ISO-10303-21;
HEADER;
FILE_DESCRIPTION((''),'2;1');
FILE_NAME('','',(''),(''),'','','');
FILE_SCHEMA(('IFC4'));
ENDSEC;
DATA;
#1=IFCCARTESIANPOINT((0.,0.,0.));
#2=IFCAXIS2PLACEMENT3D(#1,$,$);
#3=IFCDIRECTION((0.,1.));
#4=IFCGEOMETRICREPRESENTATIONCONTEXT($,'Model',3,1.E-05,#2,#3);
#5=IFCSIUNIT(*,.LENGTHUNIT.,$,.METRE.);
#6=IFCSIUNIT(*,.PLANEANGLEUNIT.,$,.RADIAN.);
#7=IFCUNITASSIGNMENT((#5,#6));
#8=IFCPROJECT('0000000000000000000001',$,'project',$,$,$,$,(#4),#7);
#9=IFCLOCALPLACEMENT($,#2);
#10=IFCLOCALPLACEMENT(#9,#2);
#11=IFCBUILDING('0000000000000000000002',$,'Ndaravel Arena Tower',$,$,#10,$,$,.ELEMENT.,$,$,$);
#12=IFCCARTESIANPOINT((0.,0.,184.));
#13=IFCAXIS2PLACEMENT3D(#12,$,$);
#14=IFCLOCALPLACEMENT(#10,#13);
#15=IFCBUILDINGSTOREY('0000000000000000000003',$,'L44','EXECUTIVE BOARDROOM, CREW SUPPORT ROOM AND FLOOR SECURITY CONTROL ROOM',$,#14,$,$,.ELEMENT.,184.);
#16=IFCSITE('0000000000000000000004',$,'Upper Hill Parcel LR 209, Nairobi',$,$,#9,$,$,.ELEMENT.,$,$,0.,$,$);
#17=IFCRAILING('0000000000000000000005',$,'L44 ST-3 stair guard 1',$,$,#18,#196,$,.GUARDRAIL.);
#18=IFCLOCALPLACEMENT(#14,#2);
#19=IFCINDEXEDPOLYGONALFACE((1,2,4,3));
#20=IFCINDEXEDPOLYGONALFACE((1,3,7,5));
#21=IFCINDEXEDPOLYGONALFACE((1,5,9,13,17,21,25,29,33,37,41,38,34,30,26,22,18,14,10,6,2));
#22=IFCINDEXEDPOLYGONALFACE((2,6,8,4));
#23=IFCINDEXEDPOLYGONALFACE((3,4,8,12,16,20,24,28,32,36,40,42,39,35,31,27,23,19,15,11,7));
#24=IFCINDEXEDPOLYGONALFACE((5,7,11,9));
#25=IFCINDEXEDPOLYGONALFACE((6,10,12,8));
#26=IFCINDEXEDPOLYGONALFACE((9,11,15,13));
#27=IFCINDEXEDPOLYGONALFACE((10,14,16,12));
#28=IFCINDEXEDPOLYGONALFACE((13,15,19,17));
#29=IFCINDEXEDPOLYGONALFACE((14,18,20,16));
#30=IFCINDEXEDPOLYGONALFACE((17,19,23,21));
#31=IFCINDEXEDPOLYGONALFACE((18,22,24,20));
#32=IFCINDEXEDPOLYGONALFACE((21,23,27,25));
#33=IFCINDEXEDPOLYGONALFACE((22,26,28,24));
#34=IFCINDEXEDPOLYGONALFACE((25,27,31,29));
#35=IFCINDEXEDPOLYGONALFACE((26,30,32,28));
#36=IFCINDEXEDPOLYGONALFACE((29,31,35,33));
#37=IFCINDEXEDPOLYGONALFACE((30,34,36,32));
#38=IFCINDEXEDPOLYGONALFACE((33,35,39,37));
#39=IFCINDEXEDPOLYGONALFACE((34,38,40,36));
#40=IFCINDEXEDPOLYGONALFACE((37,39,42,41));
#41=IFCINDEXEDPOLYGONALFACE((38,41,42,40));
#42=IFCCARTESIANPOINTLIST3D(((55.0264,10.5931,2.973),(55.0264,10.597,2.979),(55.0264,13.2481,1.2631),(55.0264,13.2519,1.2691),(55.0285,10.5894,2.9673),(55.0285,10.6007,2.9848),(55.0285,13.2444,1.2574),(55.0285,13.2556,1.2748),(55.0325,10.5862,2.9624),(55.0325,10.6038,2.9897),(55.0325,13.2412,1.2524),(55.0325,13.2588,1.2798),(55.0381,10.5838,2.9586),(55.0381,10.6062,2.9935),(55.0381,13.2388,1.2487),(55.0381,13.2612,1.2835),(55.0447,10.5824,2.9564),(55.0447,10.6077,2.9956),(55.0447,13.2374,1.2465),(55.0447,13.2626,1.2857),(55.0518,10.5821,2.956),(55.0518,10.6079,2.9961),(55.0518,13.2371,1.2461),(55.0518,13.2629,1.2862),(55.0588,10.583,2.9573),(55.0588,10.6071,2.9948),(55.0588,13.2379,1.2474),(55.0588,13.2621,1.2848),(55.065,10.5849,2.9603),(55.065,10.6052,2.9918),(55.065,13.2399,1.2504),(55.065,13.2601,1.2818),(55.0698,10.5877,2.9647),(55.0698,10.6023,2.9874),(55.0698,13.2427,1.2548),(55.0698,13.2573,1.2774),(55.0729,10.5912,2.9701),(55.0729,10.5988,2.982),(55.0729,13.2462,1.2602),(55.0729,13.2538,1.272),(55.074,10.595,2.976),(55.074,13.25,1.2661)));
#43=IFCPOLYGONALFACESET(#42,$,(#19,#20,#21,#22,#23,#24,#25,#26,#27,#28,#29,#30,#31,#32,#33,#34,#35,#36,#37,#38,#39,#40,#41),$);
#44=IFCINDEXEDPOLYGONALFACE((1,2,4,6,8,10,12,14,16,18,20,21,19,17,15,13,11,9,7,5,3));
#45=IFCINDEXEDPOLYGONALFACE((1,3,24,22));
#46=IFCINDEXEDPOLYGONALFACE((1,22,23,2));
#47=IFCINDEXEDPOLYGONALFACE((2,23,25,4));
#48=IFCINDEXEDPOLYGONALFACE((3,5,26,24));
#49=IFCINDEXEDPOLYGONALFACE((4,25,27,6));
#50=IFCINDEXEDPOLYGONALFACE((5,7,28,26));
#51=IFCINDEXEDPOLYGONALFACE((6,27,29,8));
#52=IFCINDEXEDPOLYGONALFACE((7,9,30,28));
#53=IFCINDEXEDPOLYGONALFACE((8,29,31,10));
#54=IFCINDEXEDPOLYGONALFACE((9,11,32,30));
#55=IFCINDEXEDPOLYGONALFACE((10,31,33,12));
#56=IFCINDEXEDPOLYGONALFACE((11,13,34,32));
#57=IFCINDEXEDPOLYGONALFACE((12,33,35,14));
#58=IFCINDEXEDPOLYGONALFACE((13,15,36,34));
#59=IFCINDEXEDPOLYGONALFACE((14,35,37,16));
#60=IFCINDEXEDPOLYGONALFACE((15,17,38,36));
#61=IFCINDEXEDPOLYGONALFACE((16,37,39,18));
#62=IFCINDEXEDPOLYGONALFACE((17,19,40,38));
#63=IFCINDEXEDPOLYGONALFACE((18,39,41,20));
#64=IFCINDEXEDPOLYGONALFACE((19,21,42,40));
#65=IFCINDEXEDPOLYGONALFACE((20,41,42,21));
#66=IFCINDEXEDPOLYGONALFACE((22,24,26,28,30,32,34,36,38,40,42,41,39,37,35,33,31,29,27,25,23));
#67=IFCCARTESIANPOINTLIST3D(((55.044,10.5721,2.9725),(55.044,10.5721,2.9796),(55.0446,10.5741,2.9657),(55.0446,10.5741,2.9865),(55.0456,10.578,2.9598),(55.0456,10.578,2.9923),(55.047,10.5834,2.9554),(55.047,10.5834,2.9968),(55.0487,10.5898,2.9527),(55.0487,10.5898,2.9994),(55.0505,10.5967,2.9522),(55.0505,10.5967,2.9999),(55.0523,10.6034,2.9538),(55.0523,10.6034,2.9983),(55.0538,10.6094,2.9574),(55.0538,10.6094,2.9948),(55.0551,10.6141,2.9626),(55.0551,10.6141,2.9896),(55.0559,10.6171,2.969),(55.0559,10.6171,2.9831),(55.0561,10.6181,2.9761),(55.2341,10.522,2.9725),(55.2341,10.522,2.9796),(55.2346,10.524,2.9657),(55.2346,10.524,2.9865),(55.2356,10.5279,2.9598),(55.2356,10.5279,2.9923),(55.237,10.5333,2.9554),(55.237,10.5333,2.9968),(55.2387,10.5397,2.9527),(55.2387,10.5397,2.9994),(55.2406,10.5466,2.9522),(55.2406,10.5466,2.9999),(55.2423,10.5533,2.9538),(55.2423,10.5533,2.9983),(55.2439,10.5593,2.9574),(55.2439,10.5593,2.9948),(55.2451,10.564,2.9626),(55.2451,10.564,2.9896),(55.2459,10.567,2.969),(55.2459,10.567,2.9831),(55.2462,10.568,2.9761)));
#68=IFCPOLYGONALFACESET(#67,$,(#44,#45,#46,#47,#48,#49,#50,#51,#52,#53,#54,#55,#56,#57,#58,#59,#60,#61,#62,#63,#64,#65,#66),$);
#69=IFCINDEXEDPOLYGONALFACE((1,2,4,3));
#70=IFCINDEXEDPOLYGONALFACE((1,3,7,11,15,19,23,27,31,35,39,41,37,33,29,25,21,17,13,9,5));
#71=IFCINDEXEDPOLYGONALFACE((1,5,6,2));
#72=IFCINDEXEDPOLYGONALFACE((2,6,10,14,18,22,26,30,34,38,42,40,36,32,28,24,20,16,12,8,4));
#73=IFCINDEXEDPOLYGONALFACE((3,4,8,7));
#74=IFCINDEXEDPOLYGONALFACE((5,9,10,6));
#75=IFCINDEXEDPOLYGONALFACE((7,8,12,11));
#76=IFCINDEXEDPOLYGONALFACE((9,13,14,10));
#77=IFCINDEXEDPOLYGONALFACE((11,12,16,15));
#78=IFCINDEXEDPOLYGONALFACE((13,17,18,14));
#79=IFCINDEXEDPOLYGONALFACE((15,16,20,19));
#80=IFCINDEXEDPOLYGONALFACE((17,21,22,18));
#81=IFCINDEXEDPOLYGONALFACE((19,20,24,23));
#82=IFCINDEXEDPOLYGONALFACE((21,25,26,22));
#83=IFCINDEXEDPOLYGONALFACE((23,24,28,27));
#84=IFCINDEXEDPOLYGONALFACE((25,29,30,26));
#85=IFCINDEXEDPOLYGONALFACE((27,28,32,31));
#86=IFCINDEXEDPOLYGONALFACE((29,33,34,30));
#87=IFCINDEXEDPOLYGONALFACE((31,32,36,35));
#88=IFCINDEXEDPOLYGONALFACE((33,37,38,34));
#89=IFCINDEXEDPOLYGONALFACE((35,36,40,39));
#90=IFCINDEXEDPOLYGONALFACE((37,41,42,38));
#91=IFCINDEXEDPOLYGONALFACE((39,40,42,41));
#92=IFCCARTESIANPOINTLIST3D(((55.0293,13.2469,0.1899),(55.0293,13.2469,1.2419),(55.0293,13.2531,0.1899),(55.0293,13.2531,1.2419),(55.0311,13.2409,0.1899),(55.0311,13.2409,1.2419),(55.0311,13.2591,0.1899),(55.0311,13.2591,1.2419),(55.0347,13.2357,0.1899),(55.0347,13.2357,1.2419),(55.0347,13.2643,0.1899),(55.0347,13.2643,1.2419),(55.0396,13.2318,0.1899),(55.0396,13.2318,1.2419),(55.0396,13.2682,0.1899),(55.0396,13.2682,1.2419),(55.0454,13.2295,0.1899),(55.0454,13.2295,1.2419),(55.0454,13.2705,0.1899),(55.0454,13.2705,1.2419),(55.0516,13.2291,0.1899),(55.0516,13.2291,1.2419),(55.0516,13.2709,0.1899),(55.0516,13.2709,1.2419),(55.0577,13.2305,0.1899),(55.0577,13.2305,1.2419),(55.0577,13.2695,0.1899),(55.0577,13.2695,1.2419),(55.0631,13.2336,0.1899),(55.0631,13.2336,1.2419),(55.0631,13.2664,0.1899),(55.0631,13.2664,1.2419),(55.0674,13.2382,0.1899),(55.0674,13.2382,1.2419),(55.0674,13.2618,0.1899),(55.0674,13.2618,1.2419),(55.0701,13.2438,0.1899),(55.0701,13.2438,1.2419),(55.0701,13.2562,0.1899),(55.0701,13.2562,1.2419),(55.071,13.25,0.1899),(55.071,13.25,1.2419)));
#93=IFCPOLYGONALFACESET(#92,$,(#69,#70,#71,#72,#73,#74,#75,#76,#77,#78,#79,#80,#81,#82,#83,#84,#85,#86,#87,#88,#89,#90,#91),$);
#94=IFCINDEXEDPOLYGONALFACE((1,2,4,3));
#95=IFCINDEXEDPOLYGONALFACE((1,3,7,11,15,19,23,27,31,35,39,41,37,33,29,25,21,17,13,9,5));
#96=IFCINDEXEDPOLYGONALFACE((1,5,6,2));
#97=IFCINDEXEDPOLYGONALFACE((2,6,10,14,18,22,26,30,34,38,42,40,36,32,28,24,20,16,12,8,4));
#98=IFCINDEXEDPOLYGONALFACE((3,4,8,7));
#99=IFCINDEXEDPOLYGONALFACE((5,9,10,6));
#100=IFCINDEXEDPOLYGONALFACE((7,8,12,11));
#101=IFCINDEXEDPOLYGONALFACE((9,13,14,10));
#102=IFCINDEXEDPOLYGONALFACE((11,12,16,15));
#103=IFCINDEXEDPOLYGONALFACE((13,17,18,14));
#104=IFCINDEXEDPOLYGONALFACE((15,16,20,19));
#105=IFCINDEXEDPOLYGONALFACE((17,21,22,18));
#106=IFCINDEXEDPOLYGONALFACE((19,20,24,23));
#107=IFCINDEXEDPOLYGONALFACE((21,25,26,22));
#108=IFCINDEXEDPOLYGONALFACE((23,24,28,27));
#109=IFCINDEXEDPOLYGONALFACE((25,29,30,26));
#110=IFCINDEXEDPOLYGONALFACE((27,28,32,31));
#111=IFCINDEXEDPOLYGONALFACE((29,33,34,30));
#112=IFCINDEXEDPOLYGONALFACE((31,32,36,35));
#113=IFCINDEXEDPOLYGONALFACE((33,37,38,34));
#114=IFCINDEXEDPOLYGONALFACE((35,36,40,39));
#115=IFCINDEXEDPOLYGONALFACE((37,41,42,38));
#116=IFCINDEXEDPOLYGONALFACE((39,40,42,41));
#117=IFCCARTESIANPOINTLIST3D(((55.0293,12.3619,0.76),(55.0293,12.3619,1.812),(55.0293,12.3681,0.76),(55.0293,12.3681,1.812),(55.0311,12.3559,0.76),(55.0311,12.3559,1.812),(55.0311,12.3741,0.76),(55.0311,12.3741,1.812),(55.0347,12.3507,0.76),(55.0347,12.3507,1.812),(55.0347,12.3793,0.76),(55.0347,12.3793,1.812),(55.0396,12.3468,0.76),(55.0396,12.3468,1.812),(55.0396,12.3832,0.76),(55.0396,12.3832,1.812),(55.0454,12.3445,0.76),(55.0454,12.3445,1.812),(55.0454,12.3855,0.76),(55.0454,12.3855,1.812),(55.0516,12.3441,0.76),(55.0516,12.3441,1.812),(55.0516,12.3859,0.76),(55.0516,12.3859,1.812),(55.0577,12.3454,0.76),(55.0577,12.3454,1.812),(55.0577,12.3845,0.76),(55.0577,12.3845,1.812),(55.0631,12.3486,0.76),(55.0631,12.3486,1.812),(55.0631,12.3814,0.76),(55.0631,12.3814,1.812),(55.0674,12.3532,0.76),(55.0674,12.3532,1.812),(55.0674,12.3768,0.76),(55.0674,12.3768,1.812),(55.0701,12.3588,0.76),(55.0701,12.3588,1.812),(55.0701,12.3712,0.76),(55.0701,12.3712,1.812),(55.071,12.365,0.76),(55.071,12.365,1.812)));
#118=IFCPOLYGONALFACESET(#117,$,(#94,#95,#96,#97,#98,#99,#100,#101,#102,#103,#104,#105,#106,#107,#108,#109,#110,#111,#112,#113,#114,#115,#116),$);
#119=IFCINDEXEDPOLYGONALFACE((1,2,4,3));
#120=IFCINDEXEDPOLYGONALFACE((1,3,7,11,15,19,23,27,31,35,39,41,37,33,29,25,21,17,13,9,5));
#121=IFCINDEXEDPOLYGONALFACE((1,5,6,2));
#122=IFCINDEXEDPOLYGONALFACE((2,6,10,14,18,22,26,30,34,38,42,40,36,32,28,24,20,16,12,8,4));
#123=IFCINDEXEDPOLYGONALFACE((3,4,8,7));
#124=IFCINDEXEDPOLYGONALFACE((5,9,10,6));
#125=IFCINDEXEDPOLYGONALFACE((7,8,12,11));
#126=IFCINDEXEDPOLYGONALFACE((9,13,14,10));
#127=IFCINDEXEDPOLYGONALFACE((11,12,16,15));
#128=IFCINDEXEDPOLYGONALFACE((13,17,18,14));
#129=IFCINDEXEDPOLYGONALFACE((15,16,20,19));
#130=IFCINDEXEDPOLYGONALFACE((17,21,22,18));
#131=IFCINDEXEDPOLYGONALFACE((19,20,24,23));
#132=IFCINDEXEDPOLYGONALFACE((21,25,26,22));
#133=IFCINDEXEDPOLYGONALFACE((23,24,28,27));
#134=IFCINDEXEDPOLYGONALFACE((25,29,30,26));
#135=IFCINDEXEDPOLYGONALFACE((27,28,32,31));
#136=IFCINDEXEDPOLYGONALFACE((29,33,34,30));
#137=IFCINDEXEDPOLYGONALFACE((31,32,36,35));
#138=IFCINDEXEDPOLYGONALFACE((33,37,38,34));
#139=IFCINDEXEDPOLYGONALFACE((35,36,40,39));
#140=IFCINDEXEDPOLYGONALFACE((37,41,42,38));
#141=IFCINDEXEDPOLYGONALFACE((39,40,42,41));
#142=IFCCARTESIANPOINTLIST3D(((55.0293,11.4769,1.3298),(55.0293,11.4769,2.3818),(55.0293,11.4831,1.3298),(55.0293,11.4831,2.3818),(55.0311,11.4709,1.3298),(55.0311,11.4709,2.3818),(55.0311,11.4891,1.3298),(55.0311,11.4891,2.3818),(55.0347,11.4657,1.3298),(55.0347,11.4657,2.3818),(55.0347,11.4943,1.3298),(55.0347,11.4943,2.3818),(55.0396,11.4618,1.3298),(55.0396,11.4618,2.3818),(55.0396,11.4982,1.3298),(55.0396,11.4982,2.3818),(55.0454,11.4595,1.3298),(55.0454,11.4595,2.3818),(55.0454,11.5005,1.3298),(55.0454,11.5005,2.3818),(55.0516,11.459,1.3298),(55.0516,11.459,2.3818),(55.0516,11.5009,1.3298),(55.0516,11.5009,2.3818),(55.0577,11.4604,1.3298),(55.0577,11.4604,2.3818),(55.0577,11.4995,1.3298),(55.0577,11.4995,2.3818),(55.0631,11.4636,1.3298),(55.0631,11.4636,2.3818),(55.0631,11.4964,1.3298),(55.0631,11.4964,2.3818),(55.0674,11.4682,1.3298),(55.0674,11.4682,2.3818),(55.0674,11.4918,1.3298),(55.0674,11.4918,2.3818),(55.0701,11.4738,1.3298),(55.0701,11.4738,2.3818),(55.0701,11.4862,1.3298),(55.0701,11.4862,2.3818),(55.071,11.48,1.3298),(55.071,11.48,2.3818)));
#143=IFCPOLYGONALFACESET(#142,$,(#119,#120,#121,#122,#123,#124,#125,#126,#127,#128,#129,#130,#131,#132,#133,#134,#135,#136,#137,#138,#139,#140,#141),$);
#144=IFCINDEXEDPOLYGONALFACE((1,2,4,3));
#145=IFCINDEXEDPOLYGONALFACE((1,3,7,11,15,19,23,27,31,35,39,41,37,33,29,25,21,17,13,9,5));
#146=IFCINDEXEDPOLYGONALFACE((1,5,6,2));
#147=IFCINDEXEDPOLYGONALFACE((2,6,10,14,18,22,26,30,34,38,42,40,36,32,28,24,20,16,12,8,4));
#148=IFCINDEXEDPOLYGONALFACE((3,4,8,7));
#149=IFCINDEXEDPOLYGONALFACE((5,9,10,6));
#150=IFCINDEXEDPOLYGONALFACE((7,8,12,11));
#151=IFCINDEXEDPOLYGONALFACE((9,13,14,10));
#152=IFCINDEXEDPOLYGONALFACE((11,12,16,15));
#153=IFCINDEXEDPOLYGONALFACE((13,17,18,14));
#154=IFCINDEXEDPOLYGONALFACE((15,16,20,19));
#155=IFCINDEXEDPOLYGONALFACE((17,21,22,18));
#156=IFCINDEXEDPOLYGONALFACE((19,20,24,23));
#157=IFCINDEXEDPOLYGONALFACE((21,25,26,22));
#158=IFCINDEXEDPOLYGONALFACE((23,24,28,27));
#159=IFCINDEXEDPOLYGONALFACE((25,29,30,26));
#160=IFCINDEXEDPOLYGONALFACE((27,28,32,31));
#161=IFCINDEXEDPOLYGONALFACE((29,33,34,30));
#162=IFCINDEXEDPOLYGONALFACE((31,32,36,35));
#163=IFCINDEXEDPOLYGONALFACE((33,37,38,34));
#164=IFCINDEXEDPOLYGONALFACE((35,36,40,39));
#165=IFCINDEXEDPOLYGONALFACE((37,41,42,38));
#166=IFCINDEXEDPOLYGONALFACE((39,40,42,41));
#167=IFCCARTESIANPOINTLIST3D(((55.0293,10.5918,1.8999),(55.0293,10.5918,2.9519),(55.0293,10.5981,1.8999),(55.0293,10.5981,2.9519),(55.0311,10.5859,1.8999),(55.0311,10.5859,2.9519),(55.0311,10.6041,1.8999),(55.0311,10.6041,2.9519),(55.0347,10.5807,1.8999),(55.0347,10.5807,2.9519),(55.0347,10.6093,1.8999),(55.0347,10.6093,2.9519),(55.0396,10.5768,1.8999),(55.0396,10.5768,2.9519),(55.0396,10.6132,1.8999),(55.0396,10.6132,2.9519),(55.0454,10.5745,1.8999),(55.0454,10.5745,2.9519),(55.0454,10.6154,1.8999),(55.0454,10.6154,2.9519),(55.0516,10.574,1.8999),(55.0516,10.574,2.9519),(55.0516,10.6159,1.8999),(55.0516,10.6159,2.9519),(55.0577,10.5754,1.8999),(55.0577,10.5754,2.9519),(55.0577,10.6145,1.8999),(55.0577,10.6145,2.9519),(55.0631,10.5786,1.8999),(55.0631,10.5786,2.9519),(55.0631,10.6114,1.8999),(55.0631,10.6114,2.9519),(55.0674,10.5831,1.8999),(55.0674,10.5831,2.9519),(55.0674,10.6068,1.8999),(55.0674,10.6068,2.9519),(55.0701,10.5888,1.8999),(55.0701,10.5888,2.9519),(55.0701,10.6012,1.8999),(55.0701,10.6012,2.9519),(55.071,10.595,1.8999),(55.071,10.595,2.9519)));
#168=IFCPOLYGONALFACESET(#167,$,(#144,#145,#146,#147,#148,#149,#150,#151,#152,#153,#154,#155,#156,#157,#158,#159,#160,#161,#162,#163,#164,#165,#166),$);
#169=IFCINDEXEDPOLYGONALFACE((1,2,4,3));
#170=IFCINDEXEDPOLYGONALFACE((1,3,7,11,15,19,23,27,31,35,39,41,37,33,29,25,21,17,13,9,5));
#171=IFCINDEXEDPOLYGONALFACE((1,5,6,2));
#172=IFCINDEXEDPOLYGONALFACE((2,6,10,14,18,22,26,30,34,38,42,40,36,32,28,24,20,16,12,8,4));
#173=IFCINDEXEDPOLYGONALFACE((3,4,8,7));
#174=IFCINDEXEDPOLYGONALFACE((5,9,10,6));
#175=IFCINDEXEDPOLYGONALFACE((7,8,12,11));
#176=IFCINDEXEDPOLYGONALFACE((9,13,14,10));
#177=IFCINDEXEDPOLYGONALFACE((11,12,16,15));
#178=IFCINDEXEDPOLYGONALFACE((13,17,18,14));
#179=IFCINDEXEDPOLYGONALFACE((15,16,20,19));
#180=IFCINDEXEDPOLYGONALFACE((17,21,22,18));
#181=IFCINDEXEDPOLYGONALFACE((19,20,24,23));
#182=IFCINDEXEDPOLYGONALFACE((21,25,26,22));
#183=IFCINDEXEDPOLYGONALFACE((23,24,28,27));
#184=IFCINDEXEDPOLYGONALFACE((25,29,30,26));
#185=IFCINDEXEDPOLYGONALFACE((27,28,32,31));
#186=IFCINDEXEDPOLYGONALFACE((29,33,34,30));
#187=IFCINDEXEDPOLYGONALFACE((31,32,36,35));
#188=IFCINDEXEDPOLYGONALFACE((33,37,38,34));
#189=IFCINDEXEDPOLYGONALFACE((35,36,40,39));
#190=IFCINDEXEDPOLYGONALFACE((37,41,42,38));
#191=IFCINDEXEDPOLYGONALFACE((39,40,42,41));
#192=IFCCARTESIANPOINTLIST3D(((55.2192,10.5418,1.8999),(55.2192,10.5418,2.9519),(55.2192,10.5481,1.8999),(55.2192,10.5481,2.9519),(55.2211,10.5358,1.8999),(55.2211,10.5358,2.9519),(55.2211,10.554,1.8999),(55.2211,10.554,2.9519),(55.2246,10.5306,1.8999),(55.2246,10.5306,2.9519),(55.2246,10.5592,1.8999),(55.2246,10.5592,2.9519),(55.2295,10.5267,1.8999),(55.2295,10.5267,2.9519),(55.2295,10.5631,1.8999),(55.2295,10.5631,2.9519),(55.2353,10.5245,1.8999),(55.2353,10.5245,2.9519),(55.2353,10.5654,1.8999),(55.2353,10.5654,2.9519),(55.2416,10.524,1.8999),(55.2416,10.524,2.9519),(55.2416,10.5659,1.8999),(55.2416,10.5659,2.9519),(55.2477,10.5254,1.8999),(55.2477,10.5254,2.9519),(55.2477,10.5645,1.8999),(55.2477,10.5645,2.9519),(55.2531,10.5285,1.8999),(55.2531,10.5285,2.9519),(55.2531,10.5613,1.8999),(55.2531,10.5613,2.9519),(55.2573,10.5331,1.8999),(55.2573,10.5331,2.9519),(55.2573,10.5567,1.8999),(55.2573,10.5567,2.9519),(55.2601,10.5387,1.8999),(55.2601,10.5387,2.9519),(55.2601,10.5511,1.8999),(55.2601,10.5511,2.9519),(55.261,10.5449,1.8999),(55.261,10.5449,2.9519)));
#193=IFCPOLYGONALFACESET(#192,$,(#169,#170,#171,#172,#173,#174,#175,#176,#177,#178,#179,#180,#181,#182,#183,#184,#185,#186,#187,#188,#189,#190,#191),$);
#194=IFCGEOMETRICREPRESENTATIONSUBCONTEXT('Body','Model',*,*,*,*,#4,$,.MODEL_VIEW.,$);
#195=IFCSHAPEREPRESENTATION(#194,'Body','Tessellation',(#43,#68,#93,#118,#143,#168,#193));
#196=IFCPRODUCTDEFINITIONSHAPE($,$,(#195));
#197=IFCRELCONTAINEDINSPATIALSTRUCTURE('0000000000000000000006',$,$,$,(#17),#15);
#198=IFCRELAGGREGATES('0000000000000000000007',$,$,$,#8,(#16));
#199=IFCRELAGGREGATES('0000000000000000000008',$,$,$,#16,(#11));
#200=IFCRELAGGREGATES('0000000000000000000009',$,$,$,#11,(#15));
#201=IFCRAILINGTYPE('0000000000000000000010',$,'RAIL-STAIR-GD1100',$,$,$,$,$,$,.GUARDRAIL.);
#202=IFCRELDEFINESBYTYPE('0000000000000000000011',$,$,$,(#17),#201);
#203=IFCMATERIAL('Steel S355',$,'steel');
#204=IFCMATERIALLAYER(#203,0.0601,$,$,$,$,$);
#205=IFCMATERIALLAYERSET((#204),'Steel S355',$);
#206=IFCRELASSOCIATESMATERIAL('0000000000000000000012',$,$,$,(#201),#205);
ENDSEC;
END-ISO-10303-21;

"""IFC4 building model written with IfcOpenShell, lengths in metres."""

from ifc_helpers import new_model, si_unit, direction, frame, origin, origin_2d, place, context, subcontext, project, spatial, circle, extrude, material, layer, layer_set, type_object, element, save


model = new_model("IFC4")

# Units and contexts
model_context = context("Model", 3, precision=1e-05, world=origin(), true_north=direction((0.0, 1.0)))
body_context = subcontext(model_context, "Body", "Model", "MODEL_VIEW")
ifc_project = project(units=[si_unit("LENGTHUNIT", "METRE"), si_unit("PLANEANGLEUNIT", "RADIAN")], contexts=[model_context])

# Site, building, storey
site_placement = place(None, origin())
site = spatial("IfcSite", under=ifc_project, at=site_placement, Name="Upper Hill Parcel LR 209, Nairobi", CompositionType="ELEMENT", RefElevation=0.0)
building_placement = place(site_placement, origin())
building = spatial("IfcBuilding", under=site, at=building_placement, Name="Ndaravel Arena Tower", CompositionType="ELEMENT")
storey_placement = place(building_placement, frame((0.0, 0.0, 184.0)))
storey = spatial("IfcBuildingStorey", under=building, at=storey_placement, Name="L44", Description="EXECUTIVE BOARDROOM, CREW SUPPORT ROOM AND FLOOR SECURITY CONTROL ROOM", CompositionType="ELEMENT", Elevation=184.0)

# Railing
ifc_material_1 = material(Name="Steel S355", Category="steel")
ifc_layer_1 = layer(ifc_material_1, 0.0601)
ifc_layer_set_1 = layer_set([ifc_layer_1], Name="Steel S355")
railing_type_1 = type_object("IfcRailingType", Name="RAIL-STAIR-GD1100", PredefinedType="GUARDRAIL", material=ifc_layer_set_1)
railing_1_placement = place(storey_placement, frame((55.05, 13.25, 0.1899)))
element("IfcRailing", 1, at=railing_1_placement, inside=storey, type_object=railing_type_1, Name="L44 ST-3 stair guard 1", PredefinedType="GUARDRAIL", context=body_context, shape_type="SweptSolid", body=[
    extrude(circle(Radius=0.0239, at=origin_2d()), frame((0.0, 0.0, 1.0762), z_axis=(0.0, -0.840724, 0.541465), x_axis=(1.0, 0.0, 0.0)), (0.0, 0.0, 1.0), 3.158),
    extrude(circle(Radius=0.0239, at=origin_2d()), frame((0.0, -2.655, 2.7861), z_axis=(0.966994, -0.254799, 0.0), x_axis=(0.254799, 0.966994, 0.0)), (0.0, 0.0, 1.0), 0.1965),
    extrude(circle(Radius=0.021, at=origin_2d()), origin(), (0.0, 0.0, 1.0), 1.052),
    extrude(circle(Radius=0.021, at=origin_2d()), frame((0.0, -0.885, 0.5701)), (0.0, 0.0, 1.0), 1.052),
    extrude(circle(Radius=0.021, at=origin_2d()), frame((0.0, -1.77, 1.1399)), (0.0, 0.0, 1.0), 1.052),
    extrude(circle(Radius=0.021, at=origin_2d()), frame((0.0, -2.655, 1.71)), (0.0, 0.0, 1.0), 1.052),
    extrude(circle(Radius=0.021, at=origin_2d()), frame((0.1899, -2.7051, 1.71)), (0.0, 0.0, 1.0), 1.052),
])

save(model, "model.ifc")
